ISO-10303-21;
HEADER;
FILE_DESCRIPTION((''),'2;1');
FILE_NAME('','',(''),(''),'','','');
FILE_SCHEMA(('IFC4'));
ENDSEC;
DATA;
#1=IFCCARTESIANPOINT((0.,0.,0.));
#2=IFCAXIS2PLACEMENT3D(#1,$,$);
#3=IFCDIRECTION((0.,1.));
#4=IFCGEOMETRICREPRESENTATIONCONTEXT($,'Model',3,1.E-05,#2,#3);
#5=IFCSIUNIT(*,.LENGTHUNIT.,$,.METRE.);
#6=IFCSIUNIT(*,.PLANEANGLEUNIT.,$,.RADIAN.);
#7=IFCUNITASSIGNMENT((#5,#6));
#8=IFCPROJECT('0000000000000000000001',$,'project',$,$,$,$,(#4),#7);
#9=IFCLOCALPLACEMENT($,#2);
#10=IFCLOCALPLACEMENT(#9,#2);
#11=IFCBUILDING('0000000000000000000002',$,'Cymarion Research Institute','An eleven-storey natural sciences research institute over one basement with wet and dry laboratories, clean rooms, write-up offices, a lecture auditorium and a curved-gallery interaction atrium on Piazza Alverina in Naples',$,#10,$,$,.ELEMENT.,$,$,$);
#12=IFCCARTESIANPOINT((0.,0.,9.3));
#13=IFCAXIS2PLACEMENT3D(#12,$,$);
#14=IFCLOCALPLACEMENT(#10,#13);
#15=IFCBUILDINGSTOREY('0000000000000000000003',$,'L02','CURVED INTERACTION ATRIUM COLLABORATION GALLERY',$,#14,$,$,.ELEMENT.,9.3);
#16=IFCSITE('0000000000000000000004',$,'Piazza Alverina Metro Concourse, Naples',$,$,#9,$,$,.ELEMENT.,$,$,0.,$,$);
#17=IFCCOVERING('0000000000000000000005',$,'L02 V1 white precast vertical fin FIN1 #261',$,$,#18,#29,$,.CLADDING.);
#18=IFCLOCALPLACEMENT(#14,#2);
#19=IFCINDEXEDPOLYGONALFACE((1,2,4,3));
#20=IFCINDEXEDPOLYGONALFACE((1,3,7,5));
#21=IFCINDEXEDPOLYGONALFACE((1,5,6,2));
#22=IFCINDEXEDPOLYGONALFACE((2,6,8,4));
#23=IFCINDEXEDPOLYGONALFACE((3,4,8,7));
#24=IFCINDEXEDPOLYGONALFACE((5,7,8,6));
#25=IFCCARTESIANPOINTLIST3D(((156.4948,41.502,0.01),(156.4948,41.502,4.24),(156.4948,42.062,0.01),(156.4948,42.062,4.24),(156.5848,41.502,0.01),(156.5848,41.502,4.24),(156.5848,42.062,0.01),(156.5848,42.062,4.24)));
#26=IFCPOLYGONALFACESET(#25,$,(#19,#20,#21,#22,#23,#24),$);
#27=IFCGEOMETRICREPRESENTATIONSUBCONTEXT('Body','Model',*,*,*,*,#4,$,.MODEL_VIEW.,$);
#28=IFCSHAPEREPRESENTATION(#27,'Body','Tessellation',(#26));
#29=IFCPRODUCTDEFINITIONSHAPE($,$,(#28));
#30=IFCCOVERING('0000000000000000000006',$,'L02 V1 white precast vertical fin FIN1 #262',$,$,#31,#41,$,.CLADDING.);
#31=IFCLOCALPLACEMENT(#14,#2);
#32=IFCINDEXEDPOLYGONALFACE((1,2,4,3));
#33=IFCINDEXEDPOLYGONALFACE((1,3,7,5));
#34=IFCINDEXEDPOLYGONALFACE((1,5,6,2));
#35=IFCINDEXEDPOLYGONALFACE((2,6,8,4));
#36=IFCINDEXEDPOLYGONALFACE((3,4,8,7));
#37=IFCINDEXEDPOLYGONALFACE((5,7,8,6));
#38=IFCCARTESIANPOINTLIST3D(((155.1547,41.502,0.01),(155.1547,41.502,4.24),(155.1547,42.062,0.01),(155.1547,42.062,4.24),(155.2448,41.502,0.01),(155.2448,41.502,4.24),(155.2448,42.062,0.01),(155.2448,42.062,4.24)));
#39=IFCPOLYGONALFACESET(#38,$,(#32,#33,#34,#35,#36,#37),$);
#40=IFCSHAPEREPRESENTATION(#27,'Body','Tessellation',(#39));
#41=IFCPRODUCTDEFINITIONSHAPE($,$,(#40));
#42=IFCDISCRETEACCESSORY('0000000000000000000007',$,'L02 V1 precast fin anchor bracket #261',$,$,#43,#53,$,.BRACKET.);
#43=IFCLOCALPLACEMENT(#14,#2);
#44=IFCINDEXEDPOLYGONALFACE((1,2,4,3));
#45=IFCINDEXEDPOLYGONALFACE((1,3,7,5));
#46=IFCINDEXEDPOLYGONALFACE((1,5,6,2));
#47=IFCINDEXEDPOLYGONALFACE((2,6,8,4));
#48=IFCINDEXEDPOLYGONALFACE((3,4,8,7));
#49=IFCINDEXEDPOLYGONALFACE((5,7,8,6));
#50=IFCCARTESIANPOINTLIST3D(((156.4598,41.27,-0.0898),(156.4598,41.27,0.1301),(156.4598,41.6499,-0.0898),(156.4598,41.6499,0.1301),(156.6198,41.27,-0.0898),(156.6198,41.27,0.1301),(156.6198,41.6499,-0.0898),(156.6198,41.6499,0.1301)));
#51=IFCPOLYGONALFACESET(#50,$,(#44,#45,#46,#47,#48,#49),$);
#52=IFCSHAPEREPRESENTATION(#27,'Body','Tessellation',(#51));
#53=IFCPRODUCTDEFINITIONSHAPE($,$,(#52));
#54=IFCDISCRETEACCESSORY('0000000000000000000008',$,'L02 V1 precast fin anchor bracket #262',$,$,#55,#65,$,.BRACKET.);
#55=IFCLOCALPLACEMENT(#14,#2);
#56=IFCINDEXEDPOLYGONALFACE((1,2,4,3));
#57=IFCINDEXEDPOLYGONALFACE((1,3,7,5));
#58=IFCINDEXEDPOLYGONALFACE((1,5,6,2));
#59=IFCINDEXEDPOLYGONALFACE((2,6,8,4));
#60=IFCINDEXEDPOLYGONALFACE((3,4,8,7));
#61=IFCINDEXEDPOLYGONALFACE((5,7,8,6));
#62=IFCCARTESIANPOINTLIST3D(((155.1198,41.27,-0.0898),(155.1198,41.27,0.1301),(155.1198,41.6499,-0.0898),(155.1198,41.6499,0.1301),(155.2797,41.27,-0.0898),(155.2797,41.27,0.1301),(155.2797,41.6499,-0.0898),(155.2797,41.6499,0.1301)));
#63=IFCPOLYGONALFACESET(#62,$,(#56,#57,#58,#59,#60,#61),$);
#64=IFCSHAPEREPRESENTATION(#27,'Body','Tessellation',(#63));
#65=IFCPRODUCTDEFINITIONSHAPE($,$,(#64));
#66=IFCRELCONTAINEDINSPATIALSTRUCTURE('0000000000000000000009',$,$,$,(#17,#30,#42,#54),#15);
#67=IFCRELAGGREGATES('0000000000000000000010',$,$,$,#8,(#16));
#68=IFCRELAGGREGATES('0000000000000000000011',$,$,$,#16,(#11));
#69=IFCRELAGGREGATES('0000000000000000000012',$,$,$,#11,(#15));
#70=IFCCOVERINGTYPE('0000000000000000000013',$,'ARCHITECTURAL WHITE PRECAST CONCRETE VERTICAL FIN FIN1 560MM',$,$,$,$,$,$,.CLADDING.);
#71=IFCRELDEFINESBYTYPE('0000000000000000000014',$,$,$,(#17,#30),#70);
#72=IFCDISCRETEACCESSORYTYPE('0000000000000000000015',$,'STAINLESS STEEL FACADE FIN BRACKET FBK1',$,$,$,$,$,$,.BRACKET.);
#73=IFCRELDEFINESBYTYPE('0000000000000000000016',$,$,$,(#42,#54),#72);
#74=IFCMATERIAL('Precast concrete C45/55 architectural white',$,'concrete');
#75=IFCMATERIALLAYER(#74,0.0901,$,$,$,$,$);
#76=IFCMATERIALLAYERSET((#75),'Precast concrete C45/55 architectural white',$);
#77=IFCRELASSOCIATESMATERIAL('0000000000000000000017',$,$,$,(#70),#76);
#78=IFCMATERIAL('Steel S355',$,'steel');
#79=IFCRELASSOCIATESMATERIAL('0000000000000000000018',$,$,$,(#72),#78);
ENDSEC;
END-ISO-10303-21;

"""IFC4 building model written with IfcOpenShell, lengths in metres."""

from ifc_helpers import new_model, si_unit, direction, frame, origin, origin_2d, place, context, subcontext, project, spatial, rectangle, extrude, material, layer, layer_set, type_object, element, save


model = new_model("IFC4")

# Units and contexts
model_context = context("Model", 3, precision=1e-05, world=origin(), true_north=direction((0.0, 1.0)))
body_context = subcontext(model_context, "Body", "Model", "MODEL_VIEW")
ifc_project = project(units=[si_unit("LENGTHUNIT", "METRE"), si_unit("PLANEANGLEUNIT", "RADIAN")], contexts=[model_context])

# Site, building, storey
site_placement = place(None, origin())
site = spatial("IfcSite", under=ifc_project, at=site_placement, Name="Piazza Alverina Metro Concourse, Naples", CompositionType="ELEMENT", RefElevation=0.0)
building_placement = place(site_placement, origin())
building = spatial("IfcBuilding", under=site, at=building_placement, Name="Cymarion Research Institute", Description="An eleven-storey natural sciences research institute over one basement with wet and dry laboratories, clean rooms, write-up offices, a lecture auditorium and a curved-gallery interaction atrium on Piazza Alverina in Naples", CompositionType="ELEMENT")
storey_placement = place(building_placement, frame((0.0, 0.0, 9.3)))
storey = spatial("IfcBuildingStorey", under=building, at=storey_placement, Name="L02", Description="CURVED INTERACTION ATRIUM COLLABORATION GALLERY", CompositionType="ELEMENT", Elevation=9.3)

# Shared definitions
ifc_material_1 = material(Name="Steel S355", Category="steel")

# Coverings
ifc_material_2 = material(Name="Precast concrete C45/55 architectural white", Category="concrete")
ifc_layer_1 = layer(ifc_material_2, 0.0901)
ifc_layer_set_1 = layer_set([ifc_layer_1], Name="Precast concrete C45/55 architectural white")
covering_type = type_object("IfcCoveringType", Name="ARCHITECTURAL WHITE PRECAST CONCRETE VERTICAL FIN FIN1 560MM", PredefinedType="CLADDING", material=ifc_layer_set_1)
for number, where, z_axis, x_axis, name in (
    (1, (156.5398, 41.782, 0.01), (0.0, 0.0, 1.0), (0.0, 1.0, 0.0), "L02 V1 white precast vertical fin FIN1 #261"),
    (2, (155.1997, 41.782, 0.01), (0.0, 0.0, 1.0), (0.0, 1.0, 0.0), "L02 V1 white precast vertical fin FIN1 #262"),
):
    element("IfcCovering", number, at=place(storey_placement, frame(where, z_axis=z_axis, x_axis=x_axis)), inside=storey, type_object=covering_type, Name=name, PredefinedType="CLADDING", context=body_context, shape_type="SweptSolid", body=[
        extrude(rectangle(XDim=0.5601, YDim=0.0901, at=origin_2d()), origin(), (0.0, 0.0, 1.0), 4.23),
    ])

# Discrete accessories
discrete_accessory_type = type_object("IfcDiscreteAccessoryType", Name="STAINLESS STEEL FACADE FIN BRACKET FBK1", PredefinedType="BRACKET", material=ifc_material_1)
for number, where, z_axis, x_axis, name in (
    (3, (156.5398, 41.46, -0.0898), (0.0, 0.0, 1.0), (0.0, 1.0, 0.0), "L02 V1 precast fin anchor bracket #261"),
    (4, (155.1997, 41.46, -0.0898), (0.0, 0.0, 1.0), (0.0, 1.0, 0.0), "L02 V1 precast fin anchor bracket #262"),
):
    element("IfcDiscreteAccessory", number, at=place(storey_placement, frame(where, z_axis=z_axis, x_axis=x_axis)), inside=storey, type_object=discrete_accessory_type, Name=name, PredefinedType="BRACKET", context=body_context, shape_type="SweptSolid", body=[
        extrude(rectangle(XDim=0.3799, YDim=0.1599, at=origin_2d()), origin(), (0.0, 0.0, 1.0), 0.22),
    ])

save(model, "model.ifc")
